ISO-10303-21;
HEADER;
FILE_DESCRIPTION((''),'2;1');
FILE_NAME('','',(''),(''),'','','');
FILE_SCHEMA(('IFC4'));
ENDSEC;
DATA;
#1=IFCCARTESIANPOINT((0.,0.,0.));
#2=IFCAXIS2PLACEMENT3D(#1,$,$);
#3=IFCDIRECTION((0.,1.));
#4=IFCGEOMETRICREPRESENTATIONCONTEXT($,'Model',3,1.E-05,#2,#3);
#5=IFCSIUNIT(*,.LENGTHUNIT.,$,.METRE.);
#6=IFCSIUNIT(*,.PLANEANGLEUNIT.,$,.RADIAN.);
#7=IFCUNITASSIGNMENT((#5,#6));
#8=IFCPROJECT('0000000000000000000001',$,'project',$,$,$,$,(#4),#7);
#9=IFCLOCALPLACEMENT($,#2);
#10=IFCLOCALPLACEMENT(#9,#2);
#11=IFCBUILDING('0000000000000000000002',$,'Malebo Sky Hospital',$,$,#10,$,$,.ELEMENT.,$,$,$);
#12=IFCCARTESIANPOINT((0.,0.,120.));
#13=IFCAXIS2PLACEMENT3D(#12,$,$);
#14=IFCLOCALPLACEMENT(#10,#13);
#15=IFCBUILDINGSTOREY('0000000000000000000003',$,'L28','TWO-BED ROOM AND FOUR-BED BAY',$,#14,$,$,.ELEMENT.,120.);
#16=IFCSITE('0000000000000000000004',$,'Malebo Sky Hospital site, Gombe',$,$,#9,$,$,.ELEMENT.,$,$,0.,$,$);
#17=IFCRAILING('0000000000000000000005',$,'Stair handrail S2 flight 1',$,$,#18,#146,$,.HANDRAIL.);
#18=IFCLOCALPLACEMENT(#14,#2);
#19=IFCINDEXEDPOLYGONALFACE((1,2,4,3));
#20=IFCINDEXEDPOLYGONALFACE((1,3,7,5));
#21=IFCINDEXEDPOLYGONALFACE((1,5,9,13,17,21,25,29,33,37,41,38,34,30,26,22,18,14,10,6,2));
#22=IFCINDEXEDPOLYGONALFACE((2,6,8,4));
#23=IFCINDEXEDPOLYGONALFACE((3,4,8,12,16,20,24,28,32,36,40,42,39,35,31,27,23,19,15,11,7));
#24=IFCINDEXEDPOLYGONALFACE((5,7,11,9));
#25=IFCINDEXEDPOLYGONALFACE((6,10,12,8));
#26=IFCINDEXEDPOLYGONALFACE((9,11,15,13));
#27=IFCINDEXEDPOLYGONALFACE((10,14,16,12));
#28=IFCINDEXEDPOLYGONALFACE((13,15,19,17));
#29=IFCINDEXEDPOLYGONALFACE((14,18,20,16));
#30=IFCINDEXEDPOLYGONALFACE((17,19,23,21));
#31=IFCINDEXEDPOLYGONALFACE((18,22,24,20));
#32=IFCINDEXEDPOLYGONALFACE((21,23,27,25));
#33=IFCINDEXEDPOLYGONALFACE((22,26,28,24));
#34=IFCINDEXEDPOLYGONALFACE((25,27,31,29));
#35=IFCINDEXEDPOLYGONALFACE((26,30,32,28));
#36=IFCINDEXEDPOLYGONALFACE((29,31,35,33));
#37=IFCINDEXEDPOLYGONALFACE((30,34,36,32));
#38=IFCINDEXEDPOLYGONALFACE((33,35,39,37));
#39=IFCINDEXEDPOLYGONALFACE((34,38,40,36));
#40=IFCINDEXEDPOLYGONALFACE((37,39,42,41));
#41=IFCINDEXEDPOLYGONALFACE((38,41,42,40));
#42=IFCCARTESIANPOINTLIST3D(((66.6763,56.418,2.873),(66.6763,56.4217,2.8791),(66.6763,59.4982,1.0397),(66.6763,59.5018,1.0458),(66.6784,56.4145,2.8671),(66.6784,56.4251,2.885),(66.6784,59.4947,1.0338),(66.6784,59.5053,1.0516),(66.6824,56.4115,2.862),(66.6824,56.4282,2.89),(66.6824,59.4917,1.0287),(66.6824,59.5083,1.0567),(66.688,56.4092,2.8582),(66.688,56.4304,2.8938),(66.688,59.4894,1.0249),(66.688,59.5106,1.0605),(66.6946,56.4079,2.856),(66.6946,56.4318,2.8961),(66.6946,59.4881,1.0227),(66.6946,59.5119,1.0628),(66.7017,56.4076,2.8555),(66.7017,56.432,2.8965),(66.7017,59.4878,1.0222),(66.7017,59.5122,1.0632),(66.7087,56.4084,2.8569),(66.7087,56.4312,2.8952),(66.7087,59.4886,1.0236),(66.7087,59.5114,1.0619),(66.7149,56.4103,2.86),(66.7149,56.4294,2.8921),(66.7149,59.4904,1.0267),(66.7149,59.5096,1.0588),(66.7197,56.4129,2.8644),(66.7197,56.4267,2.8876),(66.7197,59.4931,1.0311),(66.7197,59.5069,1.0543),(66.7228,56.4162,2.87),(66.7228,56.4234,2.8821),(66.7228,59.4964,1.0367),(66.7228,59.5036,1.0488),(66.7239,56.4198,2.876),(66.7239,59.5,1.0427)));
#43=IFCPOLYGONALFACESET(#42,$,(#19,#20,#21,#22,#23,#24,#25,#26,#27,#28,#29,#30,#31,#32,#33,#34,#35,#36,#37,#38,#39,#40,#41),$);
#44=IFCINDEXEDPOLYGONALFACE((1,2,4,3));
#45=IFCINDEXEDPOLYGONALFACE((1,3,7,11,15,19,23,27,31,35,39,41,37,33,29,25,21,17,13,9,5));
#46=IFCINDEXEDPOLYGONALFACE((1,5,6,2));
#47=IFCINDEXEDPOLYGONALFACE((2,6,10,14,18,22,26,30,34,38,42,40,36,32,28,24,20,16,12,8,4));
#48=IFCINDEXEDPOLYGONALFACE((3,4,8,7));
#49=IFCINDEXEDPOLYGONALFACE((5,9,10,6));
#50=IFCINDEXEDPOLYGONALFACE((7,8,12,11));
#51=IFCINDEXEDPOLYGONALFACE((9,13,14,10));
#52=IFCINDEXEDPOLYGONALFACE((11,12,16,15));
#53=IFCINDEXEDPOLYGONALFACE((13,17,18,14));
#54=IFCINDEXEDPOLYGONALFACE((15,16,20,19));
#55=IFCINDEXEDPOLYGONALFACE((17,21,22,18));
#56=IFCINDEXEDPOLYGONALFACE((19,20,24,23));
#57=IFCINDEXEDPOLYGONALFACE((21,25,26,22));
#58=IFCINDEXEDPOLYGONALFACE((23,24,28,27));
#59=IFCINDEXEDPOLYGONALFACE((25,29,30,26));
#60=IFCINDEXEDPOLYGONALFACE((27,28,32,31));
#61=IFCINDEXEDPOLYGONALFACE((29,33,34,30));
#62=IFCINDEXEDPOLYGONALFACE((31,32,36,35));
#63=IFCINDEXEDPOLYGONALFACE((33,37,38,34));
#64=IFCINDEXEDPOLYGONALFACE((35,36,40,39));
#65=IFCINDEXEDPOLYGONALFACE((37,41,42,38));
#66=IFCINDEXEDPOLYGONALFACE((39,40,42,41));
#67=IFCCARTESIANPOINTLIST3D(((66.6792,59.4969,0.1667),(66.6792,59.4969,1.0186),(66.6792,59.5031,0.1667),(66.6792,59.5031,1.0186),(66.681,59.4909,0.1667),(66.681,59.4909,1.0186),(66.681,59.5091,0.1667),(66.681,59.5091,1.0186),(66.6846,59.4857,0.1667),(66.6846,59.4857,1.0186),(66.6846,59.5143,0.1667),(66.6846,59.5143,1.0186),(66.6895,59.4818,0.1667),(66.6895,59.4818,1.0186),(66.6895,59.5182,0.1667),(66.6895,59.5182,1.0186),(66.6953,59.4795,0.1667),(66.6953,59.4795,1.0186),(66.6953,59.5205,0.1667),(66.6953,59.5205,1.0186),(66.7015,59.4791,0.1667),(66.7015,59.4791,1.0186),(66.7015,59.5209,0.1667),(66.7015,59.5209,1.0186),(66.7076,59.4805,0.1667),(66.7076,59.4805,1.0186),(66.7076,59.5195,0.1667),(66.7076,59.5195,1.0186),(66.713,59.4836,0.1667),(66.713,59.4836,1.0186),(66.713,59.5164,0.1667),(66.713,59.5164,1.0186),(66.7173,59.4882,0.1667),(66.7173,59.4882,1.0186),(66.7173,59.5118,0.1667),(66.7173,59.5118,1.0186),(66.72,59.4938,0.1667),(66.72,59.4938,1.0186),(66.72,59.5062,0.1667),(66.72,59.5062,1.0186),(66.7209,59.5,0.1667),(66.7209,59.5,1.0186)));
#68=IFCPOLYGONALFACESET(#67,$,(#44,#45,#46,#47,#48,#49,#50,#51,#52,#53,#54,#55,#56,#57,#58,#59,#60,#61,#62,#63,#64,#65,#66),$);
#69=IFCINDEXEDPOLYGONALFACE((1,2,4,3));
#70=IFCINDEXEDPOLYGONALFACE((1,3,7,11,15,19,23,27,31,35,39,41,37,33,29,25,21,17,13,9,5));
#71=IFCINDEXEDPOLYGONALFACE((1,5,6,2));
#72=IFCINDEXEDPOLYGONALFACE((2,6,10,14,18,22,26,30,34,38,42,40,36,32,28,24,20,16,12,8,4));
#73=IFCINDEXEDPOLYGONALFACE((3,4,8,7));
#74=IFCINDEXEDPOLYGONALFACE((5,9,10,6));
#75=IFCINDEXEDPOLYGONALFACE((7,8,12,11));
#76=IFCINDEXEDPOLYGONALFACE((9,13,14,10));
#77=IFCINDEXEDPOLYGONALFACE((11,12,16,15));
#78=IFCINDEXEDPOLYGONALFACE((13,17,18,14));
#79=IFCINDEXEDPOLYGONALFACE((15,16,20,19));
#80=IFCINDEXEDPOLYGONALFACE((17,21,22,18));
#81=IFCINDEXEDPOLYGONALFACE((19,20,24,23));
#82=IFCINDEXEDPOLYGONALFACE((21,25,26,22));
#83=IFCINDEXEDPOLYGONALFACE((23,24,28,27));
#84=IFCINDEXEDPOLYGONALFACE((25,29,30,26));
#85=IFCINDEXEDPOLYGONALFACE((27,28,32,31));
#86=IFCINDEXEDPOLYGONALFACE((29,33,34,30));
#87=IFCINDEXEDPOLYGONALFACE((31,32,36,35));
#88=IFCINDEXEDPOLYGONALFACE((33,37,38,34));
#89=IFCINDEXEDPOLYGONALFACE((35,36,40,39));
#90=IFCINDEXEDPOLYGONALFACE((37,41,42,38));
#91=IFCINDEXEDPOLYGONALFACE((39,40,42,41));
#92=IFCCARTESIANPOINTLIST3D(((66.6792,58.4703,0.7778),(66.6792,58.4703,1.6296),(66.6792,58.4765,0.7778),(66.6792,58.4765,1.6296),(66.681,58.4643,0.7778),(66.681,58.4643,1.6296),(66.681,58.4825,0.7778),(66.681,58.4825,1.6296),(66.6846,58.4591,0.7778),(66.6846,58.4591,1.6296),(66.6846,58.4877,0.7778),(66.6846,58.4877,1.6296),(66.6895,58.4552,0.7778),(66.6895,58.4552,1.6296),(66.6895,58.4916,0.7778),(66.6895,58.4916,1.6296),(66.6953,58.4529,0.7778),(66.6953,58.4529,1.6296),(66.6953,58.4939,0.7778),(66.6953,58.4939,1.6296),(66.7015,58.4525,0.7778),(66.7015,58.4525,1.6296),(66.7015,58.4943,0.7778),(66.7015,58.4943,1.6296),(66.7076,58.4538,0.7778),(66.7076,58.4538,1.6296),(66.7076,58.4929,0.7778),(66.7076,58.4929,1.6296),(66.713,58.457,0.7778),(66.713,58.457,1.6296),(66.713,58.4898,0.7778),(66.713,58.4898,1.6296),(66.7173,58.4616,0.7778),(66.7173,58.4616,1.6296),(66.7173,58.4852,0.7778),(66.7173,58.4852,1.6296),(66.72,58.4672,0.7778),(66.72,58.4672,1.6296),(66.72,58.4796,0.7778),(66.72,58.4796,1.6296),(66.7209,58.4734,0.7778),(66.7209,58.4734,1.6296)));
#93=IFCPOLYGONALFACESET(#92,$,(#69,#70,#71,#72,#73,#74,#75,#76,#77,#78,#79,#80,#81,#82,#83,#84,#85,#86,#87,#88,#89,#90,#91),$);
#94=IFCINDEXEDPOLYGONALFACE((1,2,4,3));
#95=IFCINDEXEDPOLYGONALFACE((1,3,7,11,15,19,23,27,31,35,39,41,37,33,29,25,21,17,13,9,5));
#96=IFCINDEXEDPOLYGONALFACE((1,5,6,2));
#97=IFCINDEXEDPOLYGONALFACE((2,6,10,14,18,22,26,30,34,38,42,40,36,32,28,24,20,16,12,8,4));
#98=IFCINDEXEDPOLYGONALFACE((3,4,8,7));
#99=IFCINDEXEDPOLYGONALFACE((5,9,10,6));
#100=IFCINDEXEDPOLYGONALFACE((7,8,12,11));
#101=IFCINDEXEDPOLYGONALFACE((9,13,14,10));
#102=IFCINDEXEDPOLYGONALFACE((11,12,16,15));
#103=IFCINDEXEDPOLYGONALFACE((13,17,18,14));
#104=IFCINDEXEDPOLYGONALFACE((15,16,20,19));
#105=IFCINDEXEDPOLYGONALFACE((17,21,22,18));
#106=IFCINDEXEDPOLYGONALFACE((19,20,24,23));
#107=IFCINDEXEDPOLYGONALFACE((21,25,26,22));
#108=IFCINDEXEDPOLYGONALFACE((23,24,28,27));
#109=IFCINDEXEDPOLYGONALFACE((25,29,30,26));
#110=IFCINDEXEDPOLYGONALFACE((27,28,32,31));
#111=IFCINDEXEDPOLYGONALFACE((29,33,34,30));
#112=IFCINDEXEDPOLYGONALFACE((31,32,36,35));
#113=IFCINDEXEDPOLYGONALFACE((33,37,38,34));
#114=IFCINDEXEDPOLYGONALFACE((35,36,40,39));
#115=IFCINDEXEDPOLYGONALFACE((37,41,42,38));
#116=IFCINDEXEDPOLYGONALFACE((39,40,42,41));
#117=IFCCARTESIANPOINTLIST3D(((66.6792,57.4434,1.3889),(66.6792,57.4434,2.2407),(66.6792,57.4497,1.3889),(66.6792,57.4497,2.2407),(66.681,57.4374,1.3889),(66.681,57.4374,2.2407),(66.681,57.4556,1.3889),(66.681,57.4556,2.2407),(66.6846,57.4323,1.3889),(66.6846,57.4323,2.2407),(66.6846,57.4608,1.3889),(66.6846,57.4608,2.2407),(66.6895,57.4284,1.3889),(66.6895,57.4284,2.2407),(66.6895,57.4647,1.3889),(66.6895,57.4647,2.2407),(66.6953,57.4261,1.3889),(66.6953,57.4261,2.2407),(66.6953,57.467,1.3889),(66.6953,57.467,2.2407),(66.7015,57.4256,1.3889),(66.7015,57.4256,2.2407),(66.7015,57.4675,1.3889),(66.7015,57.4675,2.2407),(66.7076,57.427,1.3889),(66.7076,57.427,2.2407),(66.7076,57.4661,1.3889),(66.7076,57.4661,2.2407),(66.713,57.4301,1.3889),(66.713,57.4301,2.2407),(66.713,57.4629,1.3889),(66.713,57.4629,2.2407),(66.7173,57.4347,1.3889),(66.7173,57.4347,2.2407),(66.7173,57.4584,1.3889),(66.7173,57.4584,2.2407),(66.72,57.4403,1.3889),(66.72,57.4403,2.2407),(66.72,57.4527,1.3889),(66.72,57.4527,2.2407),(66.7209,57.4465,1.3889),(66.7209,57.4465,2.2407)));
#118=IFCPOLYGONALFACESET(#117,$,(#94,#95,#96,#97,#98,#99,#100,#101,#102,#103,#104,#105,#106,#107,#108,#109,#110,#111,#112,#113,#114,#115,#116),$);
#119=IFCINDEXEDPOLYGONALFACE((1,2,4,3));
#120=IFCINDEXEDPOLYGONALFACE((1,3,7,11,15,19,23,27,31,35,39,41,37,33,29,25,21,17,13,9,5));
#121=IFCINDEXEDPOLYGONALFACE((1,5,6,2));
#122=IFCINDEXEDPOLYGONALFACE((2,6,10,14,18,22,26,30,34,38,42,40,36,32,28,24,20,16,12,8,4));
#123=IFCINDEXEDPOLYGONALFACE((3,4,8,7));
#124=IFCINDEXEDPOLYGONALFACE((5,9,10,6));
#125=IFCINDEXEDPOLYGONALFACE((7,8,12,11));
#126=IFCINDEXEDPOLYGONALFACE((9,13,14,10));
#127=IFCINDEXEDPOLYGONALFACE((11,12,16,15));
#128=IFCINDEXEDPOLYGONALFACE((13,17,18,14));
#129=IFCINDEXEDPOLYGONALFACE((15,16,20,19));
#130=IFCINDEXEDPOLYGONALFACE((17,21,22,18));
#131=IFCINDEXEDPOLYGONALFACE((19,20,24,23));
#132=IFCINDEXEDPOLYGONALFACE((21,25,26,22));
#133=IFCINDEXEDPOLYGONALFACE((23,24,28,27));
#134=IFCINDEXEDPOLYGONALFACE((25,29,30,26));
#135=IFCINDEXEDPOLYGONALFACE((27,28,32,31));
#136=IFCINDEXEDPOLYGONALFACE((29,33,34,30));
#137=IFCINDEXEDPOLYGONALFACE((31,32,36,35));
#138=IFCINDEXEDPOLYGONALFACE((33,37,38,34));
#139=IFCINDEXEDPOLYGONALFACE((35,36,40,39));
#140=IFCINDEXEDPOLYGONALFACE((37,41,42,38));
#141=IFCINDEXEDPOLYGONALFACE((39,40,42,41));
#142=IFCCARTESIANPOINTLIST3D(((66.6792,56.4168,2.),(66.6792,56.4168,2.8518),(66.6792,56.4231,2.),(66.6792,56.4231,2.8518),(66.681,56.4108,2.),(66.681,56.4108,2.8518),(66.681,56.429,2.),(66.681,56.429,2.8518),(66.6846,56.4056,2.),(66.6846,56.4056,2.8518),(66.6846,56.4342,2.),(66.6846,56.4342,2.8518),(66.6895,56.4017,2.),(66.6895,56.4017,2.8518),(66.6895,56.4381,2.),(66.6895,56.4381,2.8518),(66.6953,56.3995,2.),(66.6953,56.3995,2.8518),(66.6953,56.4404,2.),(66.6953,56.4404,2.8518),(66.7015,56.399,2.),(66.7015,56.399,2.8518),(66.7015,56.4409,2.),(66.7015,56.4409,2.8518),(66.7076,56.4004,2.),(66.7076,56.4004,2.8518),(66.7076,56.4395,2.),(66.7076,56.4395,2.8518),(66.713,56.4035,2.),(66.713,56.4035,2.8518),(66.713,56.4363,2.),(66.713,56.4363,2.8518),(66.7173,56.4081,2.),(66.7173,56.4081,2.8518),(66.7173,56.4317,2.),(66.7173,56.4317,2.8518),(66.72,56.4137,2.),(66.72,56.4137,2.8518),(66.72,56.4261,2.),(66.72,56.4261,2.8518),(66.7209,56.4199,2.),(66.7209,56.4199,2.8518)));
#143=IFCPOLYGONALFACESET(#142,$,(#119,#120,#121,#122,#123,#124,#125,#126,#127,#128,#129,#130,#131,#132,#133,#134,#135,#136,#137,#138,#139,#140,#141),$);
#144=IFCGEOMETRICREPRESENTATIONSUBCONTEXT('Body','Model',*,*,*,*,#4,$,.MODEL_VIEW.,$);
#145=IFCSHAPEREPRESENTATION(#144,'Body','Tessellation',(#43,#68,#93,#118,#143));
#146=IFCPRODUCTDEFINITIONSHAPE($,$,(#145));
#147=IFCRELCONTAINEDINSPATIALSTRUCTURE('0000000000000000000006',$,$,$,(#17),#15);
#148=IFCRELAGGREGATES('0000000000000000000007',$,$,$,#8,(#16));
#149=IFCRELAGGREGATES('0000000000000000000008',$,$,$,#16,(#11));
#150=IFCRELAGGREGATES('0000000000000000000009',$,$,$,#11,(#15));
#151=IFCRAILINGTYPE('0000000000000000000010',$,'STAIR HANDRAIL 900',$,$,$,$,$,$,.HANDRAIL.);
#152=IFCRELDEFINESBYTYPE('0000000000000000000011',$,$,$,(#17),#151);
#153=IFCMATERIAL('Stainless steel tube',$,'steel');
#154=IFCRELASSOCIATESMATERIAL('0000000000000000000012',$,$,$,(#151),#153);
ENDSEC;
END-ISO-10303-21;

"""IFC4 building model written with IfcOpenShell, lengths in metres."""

from ifc_helpers import new_model, si_unit, direction, frame, origin, origin_2d, place, context, subcontext, project, spatial, circle, extrude, material, type_object, element, save


model = new_model("IFC4")

# Units and contexts
model_context = context("Model", 3, precision=1e-05, world=origin(), true_north=direction((0.0, 1.0)))
body_context = subcontext(model_context, "Body", "Model", "MODEL_VIEW")
ifc_project = project(units=[si_unit("LENGTHUNIT", "METRE"), si_unit("PLANEANGLEUNIT", "RADIAN")], contexts=[model_context])

# Site, building, storey
site_placement = place(None, origin())
site = spatial("IfcSite", under=ifc_project, at=site_placement, Name="Malebo Sky Hospital site, Gombe", CompositionType="ELEMENT", RefElevation=0.0)
building_placement = place(site_placement, origin())
building = spatial("IfcBuilding", under=site, at=building_placement, Name="Malebo Sky Hospital", CompositionType="ELEMENT")
storey_placement = place(building_placement, frame((0.0, 0.0, 120.0)))
storey = spatial("IfcBuildingStorey", under=building, at=storey_placement, Name="L28", Description="TWO-BED ROOM AND FOUR-BED BAY", CompositionType="ELEMENT", Elevation=120.0)

# Railing
ifc_material_1 = material(Name="Stainless steel tube", Category="steel")
railing_type = type_object("IfcRailingType", Name="STAIR HANDRAIL 900", PredefinedType="HANDRAIL", material=ifc_material_1)
railing_1_placement = place(storey_placement, frame((66.7, 59.5, 0.1667)))
element("IfcRailing", 1, at=railing_1_placement, inside=storey, type_object=railing_type, Name="Stair handrail S2 flight 1", PredefinedType="HANDRAIL", context=body_context, shape_type="SweptSolid", body=[
    extrude(circle(Radius=0.0239, at=origin_2d()), frame((0.0, 0.0, 0.876), z_axis=(0.0, -0.859309, 0.511458), x_axis=(1.0, 0.0, 0.0)), (0.0, 0.0, 1.0), 3.5845),
    extrude(circle(Radius=0.021, at=origin_2d()), origin(), (0.0, 0.0, 1.0), 0.8518),
    extrude(circle(Radius=0.021, at=origin_2d()), frame((0.0, -1.0266, 0.6111)), (0.0, 0.0, 1.0), 0.8518),
    extrude(circle(Radius=0.021, at=origin_2d()), frame((0.0, -2.0535, 1.2222)), (0.0, 0.0, 1.0), 0.8518),
    extrude(circle(Radius=0.021, at=origin_2d()), frame((0.0, -3.0801, 1.8333)), (0.0, 0.0, 1.0), 0.8518),
])

save(model, "model.ifc")
